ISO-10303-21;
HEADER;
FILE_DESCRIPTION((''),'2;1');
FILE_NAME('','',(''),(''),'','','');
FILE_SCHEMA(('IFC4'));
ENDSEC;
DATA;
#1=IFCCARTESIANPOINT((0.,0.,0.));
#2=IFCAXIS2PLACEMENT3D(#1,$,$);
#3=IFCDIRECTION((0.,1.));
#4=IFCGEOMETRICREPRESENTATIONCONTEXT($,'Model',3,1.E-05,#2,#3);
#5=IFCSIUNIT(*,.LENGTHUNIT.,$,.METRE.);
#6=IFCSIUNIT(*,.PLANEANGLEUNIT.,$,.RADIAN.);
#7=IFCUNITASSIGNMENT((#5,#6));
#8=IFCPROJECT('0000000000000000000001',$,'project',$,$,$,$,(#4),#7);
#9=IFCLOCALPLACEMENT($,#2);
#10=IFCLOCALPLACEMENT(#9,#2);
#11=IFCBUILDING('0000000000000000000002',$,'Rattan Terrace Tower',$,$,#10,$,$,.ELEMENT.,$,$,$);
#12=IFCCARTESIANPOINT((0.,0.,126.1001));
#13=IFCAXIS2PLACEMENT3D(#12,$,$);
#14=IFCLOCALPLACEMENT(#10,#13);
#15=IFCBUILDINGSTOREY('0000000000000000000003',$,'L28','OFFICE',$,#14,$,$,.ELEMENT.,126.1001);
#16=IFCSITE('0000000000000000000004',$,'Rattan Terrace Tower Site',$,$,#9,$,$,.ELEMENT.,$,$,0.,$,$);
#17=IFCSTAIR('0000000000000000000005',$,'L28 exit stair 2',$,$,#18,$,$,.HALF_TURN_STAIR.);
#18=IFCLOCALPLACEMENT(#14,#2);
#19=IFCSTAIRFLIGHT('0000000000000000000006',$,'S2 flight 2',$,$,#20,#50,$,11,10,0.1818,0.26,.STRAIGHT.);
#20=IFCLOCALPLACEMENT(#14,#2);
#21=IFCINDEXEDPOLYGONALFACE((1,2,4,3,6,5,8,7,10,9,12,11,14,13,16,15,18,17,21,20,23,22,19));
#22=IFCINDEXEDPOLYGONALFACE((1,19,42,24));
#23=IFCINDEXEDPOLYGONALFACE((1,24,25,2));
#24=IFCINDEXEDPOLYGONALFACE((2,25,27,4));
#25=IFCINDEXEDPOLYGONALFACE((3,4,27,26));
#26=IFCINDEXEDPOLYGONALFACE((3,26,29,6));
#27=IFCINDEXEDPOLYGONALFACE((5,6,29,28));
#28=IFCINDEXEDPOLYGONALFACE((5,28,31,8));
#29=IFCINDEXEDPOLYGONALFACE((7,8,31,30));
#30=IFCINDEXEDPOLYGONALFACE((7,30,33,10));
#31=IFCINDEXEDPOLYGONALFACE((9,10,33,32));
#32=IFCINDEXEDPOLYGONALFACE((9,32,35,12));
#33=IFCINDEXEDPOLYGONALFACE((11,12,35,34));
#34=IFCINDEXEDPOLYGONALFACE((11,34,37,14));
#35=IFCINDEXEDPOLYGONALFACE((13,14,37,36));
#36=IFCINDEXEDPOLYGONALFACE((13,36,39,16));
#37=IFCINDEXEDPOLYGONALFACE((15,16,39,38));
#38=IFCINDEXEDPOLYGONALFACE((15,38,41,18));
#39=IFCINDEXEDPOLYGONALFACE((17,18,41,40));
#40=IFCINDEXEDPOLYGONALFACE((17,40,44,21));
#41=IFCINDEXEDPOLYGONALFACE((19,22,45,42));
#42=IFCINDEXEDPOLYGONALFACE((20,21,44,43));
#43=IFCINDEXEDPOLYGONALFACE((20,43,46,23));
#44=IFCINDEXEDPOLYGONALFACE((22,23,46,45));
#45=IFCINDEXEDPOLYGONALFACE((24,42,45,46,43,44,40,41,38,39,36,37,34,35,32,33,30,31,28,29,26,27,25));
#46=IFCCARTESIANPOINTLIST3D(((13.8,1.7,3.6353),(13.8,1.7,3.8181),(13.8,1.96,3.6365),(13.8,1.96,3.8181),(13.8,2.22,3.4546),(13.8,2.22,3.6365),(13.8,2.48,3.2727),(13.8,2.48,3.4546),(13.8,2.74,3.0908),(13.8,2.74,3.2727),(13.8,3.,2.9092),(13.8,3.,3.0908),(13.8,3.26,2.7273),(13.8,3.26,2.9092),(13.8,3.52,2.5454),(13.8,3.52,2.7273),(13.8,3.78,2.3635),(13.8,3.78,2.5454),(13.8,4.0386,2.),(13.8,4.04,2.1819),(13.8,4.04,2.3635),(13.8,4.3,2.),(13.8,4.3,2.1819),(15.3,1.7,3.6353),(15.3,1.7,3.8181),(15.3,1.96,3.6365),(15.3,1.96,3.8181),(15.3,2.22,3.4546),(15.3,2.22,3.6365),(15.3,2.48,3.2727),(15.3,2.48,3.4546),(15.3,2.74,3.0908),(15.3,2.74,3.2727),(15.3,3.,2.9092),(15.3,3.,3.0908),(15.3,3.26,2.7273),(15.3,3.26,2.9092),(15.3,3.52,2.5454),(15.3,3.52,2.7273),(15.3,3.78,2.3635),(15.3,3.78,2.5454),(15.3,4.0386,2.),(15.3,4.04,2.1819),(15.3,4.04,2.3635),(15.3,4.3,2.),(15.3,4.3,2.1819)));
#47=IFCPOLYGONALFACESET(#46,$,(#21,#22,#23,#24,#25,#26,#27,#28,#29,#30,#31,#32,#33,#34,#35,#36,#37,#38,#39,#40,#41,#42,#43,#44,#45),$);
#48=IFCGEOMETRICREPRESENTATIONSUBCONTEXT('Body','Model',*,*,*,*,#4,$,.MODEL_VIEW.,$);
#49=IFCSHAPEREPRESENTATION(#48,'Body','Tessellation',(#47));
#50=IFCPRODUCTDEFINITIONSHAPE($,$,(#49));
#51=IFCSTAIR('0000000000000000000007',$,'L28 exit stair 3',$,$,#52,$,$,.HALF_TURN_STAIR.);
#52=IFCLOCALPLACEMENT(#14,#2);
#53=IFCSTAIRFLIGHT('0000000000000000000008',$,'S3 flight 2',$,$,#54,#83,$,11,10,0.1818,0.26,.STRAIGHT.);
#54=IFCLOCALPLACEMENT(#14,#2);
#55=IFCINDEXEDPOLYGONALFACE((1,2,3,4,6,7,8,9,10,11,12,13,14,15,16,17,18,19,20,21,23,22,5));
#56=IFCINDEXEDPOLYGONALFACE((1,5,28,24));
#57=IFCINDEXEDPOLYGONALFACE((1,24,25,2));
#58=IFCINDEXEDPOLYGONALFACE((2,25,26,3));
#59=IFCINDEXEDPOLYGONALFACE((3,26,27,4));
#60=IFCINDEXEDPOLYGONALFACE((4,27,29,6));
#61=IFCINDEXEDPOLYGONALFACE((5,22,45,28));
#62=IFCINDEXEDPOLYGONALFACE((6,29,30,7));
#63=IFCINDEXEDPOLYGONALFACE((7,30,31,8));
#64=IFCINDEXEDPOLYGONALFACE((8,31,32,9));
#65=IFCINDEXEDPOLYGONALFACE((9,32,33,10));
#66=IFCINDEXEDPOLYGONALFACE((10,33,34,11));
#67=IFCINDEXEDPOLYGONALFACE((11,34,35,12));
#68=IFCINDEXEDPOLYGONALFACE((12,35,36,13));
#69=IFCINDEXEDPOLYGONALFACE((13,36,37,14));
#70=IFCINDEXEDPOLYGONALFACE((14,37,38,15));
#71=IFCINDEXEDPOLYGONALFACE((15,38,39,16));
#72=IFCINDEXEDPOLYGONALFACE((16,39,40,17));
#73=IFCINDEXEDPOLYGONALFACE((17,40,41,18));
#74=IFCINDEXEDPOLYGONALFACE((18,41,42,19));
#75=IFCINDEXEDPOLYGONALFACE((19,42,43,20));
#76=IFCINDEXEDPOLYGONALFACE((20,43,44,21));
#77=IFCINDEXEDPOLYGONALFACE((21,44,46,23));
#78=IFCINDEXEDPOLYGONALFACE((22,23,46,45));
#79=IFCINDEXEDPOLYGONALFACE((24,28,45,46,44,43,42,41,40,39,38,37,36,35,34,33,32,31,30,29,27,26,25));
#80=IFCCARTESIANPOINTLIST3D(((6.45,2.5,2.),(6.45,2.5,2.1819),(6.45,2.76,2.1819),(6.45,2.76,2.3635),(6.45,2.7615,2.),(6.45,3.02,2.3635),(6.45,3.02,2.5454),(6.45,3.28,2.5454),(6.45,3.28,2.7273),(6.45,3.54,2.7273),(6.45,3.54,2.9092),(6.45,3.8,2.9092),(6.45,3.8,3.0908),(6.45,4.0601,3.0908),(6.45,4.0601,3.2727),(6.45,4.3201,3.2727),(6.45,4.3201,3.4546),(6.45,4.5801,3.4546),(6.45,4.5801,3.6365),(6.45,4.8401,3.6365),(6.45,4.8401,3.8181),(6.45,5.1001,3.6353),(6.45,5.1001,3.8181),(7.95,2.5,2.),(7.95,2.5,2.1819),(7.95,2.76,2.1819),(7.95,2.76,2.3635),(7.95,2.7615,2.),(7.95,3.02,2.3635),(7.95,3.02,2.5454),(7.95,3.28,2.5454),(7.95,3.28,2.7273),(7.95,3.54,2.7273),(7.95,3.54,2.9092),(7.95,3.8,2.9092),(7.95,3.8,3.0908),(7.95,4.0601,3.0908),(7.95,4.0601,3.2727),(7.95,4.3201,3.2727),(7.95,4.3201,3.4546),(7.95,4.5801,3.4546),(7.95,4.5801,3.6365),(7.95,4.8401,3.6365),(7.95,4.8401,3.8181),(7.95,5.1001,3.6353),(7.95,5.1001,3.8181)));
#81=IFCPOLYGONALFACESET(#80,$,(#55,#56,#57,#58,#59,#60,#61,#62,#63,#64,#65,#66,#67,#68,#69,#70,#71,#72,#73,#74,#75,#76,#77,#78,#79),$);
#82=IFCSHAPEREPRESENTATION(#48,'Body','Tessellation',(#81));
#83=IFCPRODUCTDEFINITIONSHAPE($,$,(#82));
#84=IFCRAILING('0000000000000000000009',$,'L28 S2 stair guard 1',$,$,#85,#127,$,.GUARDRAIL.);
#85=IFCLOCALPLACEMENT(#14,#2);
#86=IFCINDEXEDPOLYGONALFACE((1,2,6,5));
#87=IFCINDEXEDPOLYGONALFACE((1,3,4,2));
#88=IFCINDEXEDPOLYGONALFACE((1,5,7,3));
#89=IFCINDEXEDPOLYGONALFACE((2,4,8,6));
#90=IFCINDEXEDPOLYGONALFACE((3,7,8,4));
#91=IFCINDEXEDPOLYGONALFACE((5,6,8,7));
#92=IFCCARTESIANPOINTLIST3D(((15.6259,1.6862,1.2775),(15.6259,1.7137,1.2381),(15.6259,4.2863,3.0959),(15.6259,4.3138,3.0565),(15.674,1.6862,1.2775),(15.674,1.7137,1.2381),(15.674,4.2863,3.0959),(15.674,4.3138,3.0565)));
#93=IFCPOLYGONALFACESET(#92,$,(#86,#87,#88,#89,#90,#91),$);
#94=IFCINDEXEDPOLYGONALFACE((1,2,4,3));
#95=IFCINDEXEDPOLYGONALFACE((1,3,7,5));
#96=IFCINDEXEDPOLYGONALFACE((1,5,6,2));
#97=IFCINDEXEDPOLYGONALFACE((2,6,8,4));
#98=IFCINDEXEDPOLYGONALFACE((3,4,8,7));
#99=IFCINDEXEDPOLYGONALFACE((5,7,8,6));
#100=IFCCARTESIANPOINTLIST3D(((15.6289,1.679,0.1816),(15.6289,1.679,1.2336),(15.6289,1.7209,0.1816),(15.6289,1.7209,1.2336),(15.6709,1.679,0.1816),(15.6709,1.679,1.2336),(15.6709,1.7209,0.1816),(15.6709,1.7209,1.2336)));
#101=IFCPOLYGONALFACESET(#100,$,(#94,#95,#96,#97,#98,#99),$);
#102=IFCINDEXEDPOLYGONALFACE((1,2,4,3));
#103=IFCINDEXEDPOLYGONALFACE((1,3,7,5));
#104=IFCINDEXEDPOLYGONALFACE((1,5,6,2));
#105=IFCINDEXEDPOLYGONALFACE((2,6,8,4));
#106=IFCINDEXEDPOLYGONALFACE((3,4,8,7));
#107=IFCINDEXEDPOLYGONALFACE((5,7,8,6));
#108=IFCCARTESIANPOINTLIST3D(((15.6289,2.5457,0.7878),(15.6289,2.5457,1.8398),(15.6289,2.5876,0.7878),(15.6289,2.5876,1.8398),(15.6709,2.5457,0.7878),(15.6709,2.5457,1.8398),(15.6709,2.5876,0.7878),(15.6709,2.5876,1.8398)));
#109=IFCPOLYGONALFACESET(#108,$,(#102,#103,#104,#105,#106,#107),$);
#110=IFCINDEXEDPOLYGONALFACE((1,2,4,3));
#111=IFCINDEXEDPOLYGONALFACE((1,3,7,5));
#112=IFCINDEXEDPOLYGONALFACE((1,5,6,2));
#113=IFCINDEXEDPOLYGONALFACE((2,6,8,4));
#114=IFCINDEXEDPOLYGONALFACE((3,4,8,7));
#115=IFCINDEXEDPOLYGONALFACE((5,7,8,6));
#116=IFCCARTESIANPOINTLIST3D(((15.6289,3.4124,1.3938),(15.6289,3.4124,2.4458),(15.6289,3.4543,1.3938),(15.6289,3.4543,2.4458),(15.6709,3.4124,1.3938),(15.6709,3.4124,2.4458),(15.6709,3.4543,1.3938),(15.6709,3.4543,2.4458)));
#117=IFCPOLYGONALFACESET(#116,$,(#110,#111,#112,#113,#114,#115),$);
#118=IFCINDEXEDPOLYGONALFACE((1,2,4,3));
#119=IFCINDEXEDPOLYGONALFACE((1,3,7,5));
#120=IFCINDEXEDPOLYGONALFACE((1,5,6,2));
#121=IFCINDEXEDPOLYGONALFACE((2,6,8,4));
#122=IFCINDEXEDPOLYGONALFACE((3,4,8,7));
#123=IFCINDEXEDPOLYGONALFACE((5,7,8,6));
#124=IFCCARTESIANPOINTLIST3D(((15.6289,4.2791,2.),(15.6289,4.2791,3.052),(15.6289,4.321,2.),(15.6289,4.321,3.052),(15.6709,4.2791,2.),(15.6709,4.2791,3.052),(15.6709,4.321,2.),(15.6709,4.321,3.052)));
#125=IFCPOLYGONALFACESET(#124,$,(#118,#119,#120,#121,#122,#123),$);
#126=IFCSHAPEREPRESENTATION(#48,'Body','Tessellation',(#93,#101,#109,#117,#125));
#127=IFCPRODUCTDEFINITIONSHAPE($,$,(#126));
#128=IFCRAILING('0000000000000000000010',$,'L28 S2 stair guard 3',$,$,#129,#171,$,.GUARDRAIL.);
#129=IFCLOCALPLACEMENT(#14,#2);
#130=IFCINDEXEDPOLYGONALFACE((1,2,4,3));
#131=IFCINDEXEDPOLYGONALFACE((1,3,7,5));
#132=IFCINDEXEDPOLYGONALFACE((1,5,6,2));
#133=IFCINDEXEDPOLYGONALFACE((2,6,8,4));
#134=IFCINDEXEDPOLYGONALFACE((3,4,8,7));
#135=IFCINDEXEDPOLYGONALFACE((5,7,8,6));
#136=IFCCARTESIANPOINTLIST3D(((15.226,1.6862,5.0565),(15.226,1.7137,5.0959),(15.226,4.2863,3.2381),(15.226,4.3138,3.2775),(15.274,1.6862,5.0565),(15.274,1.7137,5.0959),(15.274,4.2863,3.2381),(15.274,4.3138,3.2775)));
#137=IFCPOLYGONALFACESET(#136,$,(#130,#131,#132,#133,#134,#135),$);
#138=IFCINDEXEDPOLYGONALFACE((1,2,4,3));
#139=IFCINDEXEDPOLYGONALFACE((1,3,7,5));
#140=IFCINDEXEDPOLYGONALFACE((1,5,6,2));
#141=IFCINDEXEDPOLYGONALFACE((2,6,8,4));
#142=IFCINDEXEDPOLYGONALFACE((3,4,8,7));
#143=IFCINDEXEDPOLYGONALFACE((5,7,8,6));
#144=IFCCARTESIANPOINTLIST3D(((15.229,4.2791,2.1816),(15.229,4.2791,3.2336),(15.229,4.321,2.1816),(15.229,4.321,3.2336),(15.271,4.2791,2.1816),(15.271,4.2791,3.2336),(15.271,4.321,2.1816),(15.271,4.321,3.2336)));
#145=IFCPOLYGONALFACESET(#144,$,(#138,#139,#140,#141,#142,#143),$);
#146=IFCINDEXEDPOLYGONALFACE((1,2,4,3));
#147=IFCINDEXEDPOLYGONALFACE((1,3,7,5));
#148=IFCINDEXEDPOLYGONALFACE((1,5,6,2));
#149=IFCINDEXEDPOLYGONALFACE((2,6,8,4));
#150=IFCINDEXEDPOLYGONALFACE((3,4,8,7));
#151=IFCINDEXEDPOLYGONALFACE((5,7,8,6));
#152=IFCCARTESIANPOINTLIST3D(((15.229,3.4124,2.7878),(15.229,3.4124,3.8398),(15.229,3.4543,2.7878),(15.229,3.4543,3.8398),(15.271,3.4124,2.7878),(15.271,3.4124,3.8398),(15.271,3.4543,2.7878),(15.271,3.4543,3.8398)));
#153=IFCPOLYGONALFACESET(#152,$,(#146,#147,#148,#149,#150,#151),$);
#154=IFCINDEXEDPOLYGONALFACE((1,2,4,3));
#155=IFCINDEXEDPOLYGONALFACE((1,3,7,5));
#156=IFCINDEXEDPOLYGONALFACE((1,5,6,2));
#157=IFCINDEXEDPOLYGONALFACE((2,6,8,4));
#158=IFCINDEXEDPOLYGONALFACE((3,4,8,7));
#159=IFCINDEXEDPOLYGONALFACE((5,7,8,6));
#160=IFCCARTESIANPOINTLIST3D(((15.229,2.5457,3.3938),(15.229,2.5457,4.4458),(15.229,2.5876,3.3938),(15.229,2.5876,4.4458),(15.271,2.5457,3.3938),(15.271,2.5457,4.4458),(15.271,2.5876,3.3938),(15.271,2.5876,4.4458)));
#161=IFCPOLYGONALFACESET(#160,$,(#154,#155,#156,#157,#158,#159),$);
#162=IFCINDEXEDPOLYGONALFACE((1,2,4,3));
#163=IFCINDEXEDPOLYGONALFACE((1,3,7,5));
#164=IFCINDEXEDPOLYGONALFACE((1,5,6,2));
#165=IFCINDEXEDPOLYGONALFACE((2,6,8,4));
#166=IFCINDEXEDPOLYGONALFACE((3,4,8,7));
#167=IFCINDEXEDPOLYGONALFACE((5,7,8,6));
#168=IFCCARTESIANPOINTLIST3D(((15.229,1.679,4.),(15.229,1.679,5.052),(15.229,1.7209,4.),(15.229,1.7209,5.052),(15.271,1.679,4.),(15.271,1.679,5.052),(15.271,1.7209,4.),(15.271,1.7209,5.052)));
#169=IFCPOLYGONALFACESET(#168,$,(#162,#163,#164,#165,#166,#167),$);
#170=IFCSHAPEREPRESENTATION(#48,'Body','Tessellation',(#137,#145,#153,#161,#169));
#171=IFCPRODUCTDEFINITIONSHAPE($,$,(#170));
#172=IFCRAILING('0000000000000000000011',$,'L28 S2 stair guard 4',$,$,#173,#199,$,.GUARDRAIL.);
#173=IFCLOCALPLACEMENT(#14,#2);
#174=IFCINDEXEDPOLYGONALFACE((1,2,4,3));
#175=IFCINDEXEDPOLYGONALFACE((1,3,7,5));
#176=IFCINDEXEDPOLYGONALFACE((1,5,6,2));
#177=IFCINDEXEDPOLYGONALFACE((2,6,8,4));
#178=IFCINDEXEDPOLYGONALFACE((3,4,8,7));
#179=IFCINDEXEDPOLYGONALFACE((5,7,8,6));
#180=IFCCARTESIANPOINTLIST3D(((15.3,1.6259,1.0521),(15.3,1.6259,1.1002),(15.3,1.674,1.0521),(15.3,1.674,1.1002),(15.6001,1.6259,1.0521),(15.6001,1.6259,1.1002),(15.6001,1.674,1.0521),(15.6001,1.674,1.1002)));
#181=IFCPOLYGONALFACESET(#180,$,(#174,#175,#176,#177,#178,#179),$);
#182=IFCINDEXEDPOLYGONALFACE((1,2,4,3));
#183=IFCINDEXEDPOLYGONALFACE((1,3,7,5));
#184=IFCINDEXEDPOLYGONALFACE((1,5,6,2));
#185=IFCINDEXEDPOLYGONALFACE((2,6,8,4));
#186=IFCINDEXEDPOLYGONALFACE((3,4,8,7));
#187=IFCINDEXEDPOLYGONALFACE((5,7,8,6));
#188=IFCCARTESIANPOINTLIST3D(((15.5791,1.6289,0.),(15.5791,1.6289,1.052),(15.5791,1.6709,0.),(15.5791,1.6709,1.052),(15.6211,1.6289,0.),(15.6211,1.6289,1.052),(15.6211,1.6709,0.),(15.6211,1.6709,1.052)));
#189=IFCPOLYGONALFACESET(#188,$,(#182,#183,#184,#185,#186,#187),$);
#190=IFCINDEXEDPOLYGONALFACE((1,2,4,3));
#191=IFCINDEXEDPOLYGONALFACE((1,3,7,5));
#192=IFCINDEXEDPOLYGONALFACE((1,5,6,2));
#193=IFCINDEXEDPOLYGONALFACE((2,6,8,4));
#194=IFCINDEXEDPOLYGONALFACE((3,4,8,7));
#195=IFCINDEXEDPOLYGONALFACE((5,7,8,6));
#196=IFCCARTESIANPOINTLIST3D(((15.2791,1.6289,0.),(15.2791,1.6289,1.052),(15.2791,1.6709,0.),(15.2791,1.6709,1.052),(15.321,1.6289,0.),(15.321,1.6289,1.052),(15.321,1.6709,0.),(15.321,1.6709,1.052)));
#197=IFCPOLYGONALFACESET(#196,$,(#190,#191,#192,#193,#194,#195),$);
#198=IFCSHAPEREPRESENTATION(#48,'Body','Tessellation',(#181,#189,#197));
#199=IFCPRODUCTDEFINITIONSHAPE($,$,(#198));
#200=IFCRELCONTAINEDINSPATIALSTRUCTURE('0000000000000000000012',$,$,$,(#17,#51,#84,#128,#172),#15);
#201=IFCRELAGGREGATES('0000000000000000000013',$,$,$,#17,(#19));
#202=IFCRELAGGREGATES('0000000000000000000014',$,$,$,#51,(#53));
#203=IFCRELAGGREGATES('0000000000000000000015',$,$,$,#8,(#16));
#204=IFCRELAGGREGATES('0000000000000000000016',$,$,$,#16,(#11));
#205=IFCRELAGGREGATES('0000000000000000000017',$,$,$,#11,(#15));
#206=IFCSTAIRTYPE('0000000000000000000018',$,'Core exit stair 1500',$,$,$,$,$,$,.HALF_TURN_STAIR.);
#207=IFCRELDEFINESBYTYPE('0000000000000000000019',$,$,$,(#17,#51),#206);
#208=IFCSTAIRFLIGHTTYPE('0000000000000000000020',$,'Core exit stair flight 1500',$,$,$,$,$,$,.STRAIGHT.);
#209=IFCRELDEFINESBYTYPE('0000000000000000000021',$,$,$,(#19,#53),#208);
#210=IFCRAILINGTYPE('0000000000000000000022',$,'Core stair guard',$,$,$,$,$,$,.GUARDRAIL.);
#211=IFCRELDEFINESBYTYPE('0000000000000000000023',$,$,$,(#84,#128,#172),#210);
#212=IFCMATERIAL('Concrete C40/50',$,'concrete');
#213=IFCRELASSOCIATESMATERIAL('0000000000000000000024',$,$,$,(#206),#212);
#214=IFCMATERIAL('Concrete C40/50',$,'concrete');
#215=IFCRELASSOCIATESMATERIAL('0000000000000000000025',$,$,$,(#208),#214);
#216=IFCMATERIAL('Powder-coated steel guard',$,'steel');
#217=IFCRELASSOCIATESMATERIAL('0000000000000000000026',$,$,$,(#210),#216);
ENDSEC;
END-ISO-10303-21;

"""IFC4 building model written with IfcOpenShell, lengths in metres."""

from ifc_helpers import new_model, si_unit, direction, frame, origin, origin_2d, place, context, subcontext, project, spatial, polyline, rectangle, outline, extrude, material, type_object, element, aggregate, save


model = new_model("IFC4")

# Units and contexts
model_context = context("Model", 3, precision=1e-05, world=origin(), true_north=direction((0.0, 1.0)))
body_context = subcontext(model_context, "Body", "Model", "MODEL_VIEW")
ifc_project = project(units=[si_unit("LENGTHUNIT", "METRE"), si_unit("PLANEANGLEUNIT", "RADIAN")], contexts=[model_context])

# Site, building, storey
site_placement = place(None, origin())
site = spatial("IfcSite", under=ifc_project, at=site_placement, Name="Rattan Terrace Tower Site", CompositionType="ELEMENT", RefElevation=0.0)
building_placement = place(site_placement, origin())
building = spatial("IfcBuilding", under=site, at=building_placement, Name="Rattan Terrace Tower", CompositionType="ELEMENT")
storey_placement = place(building_placement, frame((0.0, 0.0, 126.1001)))
storey = spatial("IfcBuildingStorey", under=building, at=storey_placement, Name="L28", Description="OFFICE", CompositionType="ELEMENT", Elevation=126.1001)

# Stairs, stair flights
ifc_material_1 = material(Name="Concrete C40/50", Category="concrete")
stair_type = type_object("IfcStairType", Name="Core exit stair 1500", PredefinedType="HALF_TURN_STAIR", material=ifc_material_1)
stair_1_placement = place(storey_placement, origin())
stair_1 = element("IfcStair", 1, at=stair_1_placement, inside=storey, type_object=stair_type, Name="L28 exit stair 2", PredefinedType="HALF_TURN_STAIR")
ifc_material_2 = material(Name="Concrete C40/50", Category="concrete")
stair_flight_type = type_object("IfcStairFlightType", Name="Core exit stair flight 1500", PredefinedType="STRAIGHT", material=ifc_material_2)
stair_flight_1_placement = place(storey_placement, frame((14.55, 4.3, 2.0), z_axis=(0.0, 0.0, 1.0), x_axis=(0.0, -1.0, 0.0)))
stair_flight_1 = element("IfcStairFlight", 2, at=stair_flight_1_placement, type_object=stair_flight_type, Name="S2 flight 2", NumberOfRisers=11, NumberOfTreads=10, PredefinedType="STRAIGHT", RiserHeight=0.1818, TreadLength=0.26, context=body_context, shape_type="SweptSolid", body=[
    extrude(outline(polyline([(0.0, 0.0), (0.0, 0.1819), (0.26, 0.1819), (0.26, 0.3635), (0.52, 0.3635), (0.52, 0.5454), (0.78, 0.5454), (0.78, 0.7273), (1.04, 0.7273), (1.04, 0.9092), (1.3, 0.9092), (1.3, 1.0908), (1.5601, 1.0908), (1.5601, 1.2727), (1.8201, 1.2727), (1.8201, 1.4546), (2.0801, 1.4546), (2.0801, 1.6365), (2.3401, 1.6365), (2.3401, 1.8181), (2.6001, 1.8181), (2.6001, 2.0), (2.6001, 1.6353), (0.2615, 0.0), (0.0, 0.0)])), frame((0.0, 0.75, 0.0), z_axis=(0.0, -1.0, 0.0), x_axis=(1.0, 0.0, 0.0)), (0.0, 0.0, 1.0), 1.5),
])
aggregate(stair_1, [stair_flight_1])
stair_2_placement = place(storey_placement, origin())
stair_2 = element("IfcStair", 3, at=stair_2_placement, inside=storey, type_object=stair_type, Name="L28 exit stair 3", PredefinedType="HALF_TURN_STAIR")
stair_flight_2_placement = place(storey_placement, frame((7.2, 2.5, 2.0), z_axis=(0.0, 0.0, 1.0), x_axis=(0.0, 1.0, 0.0)))
stair_flight_2 = element("IfcStairFlight", 4, at=stair_flight_2_placement, type_object=stair_flight_type, Name="S3 flight 2", NumberOfRisers=11, NumberOfTreads=10, PredefinedType="STRAIGHT", RiserHeight=0.1818, TreadLength=0.26, context=body_context, shape_type="SweptSolid", body=[
    extrude(outline(polyline([(0.0, 0.0), (0.0, 0.1819), (0.26, 0.1819), (0.26, 0.3635), (0.52, 0.3635), (0.52, 0.5454), (0.78, 0.5454), (0.78, 0.7273), (1.04, 0.7273), (1.04, 0.9092), (1.3, 0.9092), (1.3, 1.0908), (1.5601, 1.0908), (1.5601, 1.2727), (1.8201, 1.2727), (1.8201, 1.4546), (2.0801, 1.4546), (2.0801, 1.6365), (2.3401, 1.6365), (2.3401, 1.8181), (2.6001, 1.8181), (2.6001, 2.0), (2.6001, 1.6353), (0.2615, 0.0), (0.0, 0.0)])), frame((0.0, 0.75, 0.0), z_axis=(0.0, -1.0, 0.0), x_axis=(1.0, 0.0, 0.0)), (0.0, 0.0, 1.0), 1.5),
])
aggregate(stair_2, [stair_flight_2])

# Railings
ifc_material_3 = material(Name="Powder-coated steel guard", Category="steel")
railing_type_1 = type_object("IfcRailingType", Name="Core stair guard", PredefinedType="GUARDRAIL", material=ifc_material_3)
railing_1_placement = place(storey_placement, frame((15.6499, 1.7, 0.1816)))
element("IfcRailing", 5, at=railing_1_placement, inside=storey, type_object=railing_type_1, Name="L28 S2 stair guard 1", PredefinedType="GUARDRAIL", context=body_context, shape_type="SweptSolid", body=[
    extrude(rectangle(XDim=0.0481, YDim=0.0481, at=origin_2d()), frame((0.0, 0.0, 1.0762), z_axis=(0.0, 0.819485, 0.573101), x_axis=(-1.0, 0.0, 0.0)), (0.0, 0.0, 1.0), 3.1729),
    extrude(rectangle(XDim=0.042, YDim=0.042, at=origin_2d()), origin(), (0.0, 0.0, 1.0), 1.052),
    extrude(rectangle(XDim=0.042, YDim=0.042, at=origin_2d()), frame((0.0, 0.8667, 0.6062)), (0.0, 0.0, 1.0), 1.052),
    extrude(rectangle(XDim=0.042, YDim=0.042, at=origin_2d()), frame((0.0, 1.7334, 1.2122)), (0.0, 0.0, 1.0), 1.052),
    extrude(rectangle(XDim=0.042, YDim=0.042, at=origin_2d()), frame((0.0, 2.6001, 1.8184)), (0.0, 0.0, 1.0), 1.052),
])
railing_2_placement = place(storey_placement, frame((15.25, 4.3, 2.1816)))
element("IfcRailing", 6, at=railing_2_placement, inside=storey, type_object=railing_type_1, Name="L28 S2 stair guard 3", PredefinedType="GUARDRAIL", context=body_context, shape_type="SweptSolid", body=[
    extrude(rectangle(XDim=0.0481, YDim=0.0481, at=origin_2d()), frame((0.0, 0.0, 1.0762), z_axis=(0.0, -0.819485, 0.573101), x_axis=(1.0, 0.0, 0.0)), (0.0, 0.0, 1.0), 3.1729),
    extrude(rectangle(XDim=0.042, YDim=0.042, at=origin_2d()), origin(), (0.0, 0.0, 1.0), 1.052),
    extrude(rectangle(XDim=0.042, YDim=0.042, at=origin_2d()), frame((0.0, -0.8667, 0.6062)), (0.0, 0.0, 1.0), 1.052),
    extrude(rectangle(XDim=0.042, YDim=0.042, at=origin_2d()), frame((0.0, -1.7334, 1.2122)), (0.0, 0.0, 1.0), 1.052),
    extrude(rectangle(XDim=0.042, YDim=0.042, at=origin_2d()), frame((0.0, -2.6001, 1.8184)), (0.0, 0.0, 1.0), 1.052),
])
railing_3_placement = place(storey_placement, frame((15.6001, 1.6499, 0.0)))
element("IfcRailing", 7, at=railing_3_placement, inside=storey, type_object=railing_type_1, Name="L28 S2 stair guard 4", PredefinedType="GUARDRAIL", context=body_context, shape_type="SweptSolid", body=[
    extrude(rectangle(XDim=0.0481, YDim=0.0481, at=origin_2d()), frame((0.0, 0.0, 1.0762), z_axis=(-1.0, 0.0, 0.0), x_axis=(0.0, -1.0, 0.0)), (0.0, 0.0, 1.0), 0.3),
    extrude(rectangle(XDim=0.042, YDim=0.042, at=origin_2d()), origin(), (0.0, 0.0, 1.0), 1.052),
    extrude(rectangle(XDim=0.042, YDim=0.042, at=origin_2d()), frame((-0.3, 0.0, 0.0)), (0.0, 0.0, 1.0), 1.052),
])

save(model, "model.ifc")
